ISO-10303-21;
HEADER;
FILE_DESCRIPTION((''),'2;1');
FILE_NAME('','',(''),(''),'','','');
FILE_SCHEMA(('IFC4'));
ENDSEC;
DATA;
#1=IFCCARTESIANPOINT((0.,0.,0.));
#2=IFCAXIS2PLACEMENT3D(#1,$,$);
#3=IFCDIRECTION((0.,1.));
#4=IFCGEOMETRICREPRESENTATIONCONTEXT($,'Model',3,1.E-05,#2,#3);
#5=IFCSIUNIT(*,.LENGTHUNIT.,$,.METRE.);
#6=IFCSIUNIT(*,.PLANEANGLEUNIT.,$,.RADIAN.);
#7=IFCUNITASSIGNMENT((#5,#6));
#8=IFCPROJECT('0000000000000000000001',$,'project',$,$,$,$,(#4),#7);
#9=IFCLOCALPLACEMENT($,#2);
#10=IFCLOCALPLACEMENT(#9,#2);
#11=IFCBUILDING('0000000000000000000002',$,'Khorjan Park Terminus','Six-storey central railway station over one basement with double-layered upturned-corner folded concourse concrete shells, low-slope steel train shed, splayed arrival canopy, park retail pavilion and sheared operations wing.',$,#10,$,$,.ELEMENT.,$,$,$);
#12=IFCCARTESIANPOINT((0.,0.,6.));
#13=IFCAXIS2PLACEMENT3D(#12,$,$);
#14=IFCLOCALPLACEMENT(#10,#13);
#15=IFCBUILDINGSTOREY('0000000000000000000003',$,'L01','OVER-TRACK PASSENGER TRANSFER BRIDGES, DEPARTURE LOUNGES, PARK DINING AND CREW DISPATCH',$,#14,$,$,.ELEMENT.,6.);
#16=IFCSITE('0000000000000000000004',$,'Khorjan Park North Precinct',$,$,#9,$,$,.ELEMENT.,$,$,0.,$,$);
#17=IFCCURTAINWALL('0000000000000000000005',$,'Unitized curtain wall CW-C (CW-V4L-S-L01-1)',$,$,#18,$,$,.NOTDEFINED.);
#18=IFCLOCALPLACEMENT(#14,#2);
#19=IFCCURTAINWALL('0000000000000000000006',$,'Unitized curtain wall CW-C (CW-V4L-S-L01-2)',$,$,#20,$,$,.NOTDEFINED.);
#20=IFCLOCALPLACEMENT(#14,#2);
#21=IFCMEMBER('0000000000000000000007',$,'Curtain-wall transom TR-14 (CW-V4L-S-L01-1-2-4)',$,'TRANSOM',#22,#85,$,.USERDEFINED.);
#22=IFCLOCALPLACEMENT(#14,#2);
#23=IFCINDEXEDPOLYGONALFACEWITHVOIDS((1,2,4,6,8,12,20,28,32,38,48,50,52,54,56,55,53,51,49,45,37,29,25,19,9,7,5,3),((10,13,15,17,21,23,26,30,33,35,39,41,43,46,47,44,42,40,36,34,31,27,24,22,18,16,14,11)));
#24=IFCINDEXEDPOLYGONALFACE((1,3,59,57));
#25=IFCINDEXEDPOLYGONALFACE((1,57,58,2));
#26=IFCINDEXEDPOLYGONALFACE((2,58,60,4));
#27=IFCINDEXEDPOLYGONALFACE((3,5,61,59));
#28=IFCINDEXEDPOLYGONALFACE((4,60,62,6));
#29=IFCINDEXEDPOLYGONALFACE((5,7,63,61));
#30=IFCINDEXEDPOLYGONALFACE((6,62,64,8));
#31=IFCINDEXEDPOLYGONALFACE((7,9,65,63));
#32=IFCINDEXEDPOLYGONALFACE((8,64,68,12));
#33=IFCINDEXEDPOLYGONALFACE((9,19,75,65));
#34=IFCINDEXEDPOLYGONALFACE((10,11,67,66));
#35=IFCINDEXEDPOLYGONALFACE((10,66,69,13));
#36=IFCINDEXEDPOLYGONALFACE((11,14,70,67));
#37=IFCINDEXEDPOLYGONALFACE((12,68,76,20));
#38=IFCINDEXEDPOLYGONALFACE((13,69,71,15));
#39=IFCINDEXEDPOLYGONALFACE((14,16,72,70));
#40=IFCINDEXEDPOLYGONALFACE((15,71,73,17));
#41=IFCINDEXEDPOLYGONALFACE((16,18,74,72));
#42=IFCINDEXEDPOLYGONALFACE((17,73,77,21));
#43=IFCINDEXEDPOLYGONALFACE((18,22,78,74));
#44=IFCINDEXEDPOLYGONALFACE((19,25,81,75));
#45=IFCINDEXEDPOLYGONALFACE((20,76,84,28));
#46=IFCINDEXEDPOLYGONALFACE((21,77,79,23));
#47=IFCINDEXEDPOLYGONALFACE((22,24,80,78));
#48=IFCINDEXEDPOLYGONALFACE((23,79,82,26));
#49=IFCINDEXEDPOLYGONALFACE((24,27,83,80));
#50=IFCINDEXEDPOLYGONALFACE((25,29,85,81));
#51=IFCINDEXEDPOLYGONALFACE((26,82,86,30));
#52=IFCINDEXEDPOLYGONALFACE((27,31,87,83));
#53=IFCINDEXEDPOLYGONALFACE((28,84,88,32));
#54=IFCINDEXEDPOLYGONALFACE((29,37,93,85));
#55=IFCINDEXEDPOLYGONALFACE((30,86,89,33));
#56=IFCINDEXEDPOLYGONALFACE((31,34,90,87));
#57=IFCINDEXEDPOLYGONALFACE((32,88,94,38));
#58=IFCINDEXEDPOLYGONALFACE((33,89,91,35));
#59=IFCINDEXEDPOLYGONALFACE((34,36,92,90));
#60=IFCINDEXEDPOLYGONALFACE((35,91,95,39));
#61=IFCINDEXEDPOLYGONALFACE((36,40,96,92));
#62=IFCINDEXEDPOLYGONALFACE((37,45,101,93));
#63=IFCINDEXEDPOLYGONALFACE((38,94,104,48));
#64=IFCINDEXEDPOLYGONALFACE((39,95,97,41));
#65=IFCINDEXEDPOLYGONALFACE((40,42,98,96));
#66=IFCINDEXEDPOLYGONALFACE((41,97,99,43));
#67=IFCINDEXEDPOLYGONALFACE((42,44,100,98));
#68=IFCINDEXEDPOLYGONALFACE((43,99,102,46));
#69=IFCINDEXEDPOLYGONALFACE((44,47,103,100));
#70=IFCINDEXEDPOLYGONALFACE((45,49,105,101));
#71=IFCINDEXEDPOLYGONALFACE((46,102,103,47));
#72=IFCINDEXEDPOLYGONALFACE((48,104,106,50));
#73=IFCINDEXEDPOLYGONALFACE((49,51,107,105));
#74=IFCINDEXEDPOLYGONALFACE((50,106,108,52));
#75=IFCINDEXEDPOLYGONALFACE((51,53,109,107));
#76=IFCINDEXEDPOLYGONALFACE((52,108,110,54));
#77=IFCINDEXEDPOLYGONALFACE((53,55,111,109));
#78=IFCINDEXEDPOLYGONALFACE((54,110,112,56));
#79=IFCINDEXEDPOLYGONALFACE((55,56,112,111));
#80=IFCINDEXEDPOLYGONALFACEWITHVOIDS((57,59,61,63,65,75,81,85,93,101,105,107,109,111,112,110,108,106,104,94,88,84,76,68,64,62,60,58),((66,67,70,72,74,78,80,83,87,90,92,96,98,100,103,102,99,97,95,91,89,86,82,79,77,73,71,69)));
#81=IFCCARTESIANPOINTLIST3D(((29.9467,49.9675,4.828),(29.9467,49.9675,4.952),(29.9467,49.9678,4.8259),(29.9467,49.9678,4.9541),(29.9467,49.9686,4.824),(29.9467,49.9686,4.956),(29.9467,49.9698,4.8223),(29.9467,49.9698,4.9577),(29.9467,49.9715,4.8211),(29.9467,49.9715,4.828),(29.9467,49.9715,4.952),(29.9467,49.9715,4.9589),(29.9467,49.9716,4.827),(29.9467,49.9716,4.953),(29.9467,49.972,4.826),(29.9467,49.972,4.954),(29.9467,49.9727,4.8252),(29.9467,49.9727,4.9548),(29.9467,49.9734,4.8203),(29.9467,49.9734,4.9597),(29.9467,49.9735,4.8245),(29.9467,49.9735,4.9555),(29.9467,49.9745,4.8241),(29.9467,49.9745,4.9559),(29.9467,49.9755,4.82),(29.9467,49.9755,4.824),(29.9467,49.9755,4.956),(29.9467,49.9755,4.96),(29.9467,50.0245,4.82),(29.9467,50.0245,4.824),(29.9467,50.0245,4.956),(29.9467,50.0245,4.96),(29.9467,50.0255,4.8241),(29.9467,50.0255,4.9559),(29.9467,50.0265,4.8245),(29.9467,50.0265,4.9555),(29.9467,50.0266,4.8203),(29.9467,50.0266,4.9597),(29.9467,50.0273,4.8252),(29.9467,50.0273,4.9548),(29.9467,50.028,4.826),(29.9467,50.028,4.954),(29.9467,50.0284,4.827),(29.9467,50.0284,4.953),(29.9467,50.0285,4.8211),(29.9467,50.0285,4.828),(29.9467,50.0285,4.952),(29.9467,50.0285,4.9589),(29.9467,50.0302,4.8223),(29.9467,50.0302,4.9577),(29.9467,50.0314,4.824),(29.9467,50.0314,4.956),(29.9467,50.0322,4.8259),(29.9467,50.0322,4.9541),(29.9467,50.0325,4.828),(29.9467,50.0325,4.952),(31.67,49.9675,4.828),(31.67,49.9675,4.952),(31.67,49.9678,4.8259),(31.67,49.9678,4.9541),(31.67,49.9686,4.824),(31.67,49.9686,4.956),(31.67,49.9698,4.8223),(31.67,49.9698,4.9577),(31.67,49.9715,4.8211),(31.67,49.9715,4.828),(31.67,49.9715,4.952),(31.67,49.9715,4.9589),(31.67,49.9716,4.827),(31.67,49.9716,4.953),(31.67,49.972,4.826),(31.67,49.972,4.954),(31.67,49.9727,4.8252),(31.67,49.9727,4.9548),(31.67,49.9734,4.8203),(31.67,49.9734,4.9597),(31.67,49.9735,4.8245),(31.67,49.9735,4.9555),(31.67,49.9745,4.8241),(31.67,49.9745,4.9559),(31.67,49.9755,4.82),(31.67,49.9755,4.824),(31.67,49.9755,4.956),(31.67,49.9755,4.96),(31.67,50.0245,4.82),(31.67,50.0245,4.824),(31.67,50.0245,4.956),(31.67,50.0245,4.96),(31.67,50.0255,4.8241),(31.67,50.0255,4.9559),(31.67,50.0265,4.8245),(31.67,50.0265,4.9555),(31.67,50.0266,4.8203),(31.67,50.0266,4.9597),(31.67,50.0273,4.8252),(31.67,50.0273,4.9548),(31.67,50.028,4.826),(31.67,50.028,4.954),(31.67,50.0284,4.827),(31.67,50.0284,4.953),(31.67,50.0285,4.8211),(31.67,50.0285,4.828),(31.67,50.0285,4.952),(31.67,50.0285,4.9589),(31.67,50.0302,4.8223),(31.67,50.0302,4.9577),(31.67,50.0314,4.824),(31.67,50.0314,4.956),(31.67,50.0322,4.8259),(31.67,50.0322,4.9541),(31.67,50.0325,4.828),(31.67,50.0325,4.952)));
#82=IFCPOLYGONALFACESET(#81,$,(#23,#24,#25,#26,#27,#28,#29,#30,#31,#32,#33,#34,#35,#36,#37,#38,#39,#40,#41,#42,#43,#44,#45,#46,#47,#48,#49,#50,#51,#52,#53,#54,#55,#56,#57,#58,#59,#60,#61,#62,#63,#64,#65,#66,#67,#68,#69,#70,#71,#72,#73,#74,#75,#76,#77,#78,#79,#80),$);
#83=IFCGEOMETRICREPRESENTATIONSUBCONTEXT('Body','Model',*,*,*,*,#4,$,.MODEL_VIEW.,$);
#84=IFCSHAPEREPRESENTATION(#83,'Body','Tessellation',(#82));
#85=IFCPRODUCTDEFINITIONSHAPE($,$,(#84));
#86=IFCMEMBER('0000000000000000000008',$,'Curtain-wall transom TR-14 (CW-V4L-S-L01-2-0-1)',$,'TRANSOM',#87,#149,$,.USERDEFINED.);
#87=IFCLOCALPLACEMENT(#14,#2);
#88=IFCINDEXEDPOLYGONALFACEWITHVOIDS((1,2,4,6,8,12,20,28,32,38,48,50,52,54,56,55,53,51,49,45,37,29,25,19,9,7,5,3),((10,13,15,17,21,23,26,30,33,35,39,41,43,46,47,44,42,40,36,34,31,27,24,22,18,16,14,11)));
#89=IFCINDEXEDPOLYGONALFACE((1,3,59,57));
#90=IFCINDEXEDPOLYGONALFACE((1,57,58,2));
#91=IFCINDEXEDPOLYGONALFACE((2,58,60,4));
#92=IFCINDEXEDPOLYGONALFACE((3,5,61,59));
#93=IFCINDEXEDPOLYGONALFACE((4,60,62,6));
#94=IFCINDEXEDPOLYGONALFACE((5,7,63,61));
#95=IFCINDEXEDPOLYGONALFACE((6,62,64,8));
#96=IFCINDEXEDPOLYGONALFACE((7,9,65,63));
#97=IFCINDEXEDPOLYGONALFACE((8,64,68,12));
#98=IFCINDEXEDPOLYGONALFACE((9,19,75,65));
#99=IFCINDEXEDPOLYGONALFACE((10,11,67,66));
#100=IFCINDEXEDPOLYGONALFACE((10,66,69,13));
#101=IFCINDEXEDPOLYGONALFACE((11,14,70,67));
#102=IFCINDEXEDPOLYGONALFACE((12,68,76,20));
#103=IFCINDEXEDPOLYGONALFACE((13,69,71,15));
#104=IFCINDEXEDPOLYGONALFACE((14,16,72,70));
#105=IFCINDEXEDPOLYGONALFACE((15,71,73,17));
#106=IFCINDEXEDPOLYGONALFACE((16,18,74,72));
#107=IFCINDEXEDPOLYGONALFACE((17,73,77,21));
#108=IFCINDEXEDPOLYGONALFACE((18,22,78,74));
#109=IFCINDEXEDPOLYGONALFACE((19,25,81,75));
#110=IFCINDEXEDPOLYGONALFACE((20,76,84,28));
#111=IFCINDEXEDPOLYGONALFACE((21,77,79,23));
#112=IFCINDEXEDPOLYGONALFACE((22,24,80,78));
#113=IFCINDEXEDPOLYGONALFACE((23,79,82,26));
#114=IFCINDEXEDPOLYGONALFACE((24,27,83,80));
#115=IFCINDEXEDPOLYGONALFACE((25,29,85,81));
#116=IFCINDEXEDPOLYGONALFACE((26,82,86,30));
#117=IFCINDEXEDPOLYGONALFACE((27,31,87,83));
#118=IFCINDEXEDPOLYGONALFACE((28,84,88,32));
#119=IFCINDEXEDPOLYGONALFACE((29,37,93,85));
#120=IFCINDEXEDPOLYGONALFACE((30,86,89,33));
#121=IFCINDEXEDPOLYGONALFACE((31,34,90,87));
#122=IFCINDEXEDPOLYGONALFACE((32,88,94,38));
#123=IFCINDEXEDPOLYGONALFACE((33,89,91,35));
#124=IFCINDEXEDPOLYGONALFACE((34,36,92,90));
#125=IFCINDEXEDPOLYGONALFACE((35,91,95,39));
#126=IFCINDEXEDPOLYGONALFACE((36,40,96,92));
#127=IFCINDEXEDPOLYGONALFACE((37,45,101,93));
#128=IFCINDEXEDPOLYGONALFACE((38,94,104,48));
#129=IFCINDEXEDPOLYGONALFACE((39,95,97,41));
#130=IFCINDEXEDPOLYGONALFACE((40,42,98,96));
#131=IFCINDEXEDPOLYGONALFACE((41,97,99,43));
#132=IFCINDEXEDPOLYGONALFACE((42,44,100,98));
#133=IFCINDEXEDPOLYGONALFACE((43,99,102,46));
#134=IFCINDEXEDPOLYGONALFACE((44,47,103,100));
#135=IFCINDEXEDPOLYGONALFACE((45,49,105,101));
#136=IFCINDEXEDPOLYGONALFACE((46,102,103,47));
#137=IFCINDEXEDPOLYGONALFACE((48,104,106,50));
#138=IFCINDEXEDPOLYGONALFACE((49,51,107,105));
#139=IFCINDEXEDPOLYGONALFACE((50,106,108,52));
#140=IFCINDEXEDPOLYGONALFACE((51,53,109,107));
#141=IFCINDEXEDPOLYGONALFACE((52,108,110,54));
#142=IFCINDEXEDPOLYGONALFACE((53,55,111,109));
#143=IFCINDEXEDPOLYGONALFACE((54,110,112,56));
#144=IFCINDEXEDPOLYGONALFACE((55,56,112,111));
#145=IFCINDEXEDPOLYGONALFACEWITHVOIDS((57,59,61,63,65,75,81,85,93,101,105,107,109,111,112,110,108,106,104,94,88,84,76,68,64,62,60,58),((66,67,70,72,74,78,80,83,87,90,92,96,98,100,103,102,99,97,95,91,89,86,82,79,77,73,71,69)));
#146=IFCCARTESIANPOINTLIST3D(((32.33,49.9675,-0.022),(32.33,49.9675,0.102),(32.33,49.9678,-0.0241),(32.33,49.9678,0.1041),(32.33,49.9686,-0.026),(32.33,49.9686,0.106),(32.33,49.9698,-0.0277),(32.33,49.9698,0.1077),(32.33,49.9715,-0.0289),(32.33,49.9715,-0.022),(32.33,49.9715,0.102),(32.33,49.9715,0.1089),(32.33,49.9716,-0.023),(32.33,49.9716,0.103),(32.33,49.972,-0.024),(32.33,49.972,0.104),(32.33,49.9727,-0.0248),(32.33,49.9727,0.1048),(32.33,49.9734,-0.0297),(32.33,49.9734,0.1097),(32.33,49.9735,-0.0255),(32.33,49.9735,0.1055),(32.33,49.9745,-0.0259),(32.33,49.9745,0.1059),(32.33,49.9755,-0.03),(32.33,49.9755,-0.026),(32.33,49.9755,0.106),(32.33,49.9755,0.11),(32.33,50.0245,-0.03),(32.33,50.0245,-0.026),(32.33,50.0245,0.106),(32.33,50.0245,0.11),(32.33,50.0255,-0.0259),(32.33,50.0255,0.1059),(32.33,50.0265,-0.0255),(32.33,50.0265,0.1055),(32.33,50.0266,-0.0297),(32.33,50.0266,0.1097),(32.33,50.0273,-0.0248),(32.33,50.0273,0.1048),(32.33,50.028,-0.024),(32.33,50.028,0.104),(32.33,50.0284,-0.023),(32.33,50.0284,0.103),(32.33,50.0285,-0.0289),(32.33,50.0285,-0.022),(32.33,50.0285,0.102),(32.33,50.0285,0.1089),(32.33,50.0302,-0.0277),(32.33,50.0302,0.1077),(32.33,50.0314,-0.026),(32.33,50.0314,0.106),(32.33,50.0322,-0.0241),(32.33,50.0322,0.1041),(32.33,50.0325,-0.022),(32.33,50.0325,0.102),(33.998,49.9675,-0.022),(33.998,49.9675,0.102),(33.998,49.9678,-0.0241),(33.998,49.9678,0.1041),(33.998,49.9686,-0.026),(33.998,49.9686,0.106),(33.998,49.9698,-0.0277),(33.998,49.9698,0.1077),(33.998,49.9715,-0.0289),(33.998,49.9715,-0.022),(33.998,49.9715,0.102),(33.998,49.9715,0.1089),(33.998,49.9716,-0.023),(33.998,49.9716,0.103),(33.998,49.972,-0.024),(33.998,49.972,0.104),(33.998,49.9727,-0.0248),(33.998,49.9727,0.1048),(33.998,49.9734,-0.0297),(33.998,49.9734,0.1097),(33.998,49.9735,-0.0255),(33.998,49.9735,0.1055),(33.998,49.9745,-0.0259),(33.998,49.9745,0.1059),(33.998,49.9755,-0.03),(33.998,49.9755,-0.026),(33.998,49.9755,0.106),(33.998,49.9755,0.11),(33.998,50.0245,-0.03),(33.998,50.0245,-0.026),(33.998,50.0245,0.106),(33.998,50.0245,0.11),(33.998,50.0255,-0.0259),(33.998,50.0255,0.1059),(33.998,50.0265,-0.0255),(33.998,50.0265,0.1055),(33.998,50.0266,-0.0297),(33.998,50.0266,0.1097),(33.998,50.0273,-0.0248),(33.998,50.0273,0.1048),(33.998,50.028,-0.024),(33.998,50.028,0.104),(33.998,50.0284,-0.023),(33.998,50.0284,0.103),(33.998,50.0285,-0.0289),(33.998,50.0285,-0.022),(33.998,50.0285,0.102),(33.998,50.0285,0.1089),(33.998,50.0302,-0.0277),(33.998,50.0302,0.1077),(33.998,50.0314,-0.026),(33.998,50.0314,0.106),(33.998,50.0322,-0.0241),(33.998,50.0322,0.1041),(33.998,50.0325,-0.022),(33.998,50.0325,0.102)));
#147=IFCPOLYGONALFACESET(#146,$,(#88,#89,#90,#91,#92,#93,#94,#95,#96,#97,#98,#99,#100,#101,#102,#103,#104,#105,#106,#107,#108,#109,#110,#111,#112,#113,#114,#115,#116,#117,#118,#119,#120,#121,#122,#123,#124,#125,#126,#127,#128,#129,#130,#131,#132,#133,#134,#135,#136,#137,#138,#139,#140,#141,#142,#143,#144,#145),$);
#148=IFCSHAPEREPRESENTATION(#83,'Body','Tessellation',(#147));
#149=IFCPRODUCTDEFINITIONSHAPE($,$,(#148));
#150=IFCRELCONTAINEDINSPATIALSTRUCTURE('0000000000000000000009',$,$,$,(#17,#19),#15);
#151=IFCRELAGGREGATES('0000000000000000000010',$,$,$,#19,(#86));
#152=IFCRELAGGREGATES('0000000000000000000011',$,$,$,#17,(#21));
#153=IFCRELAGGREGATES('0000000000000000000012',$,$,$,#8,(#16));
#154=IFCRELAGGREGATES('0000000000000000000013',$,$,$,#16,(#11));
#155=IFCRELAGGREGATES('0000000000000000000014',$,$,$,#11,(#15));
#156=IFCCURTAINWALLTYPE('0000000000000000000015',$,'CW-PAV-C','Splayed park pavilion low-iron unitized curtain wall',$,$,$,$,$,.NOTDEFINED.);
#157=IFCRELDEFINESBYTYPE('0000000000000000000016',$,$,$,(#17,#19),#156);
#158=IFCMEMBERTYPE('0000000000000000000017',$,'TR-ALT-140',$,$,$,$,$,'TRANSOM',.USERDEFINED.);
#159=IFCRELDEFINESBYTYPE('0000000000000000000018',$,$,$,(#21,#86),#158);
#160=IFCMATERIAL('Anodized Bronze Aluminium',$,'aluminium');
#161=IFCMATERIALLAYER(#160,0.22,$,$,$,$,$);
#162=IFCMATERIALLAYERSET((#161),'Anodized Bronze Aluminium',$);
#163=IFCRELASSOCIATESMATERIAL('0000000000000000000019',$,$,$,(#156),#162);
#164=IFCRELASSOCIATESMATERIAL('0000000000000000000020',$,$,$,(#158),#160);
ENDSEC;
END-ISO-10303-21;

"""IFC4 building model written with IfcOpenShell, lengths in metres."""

from ifc_helpers import new_model, si_unit, direction, frame, origin, origin_2d, place, context, subcontext, project, spatial, hollow_rectangle, extrude, material, layer, layer_set, material_profile, profile_set, type_object, element, aggregate, save


model = new_model("IFC4")

# Units and contexts
model_context = context("Model", 3, precision=1e-05, world=origin(), true_north=direction((0.0, 1.0)))
body_context = subcontext(model_context, "Body", "Model", "MODEL_VIEW")
ifc_project = project(units=[si_unit("LENGTHUNIT", "METRE"), si_unit("PLANEANGLEUNIT", "RADIAN")], contexts=[model_context])

# Site, building, storey
site_placement = place(None, origin())
site = spatial("IfcSite", under=ifc_project, at=site_placement, Name="Khorjan Park North Precinct", CompositionType="ELEMENT", RefElevation=0.0)
building_placement = place(site_placement, origin())
building = spatial("IfcBuilding", under=site, at=building_placement, Name="Khorjan Park Terminus", Description="Six-storey central railway station over one basement with double-layered upturned-corner folded concourse concrete shells, low-slope steel train shed, splayed arrival canopy, park retail pavilion and sheared operations wing.", CompositionType="ELEMENT")
storey_placement = place(building_placement, frame((0.0, 0.0, 6.0)))
storey = spatial("IfcBuildingStorey", under=building, at=storey_placement, Name="L01", Description="OVER-TRACK PASSENGER TRANSFER BRIDGES, DEPARTURE LOUNGES, PARK DINING AND CREW DISPATCH", CompositionType="ELEMENT", Elevation=6.0)

# Curtain wall
ifc_material_1 = material(Name="Anodized Bronze Aluminium", Category="aluminium")
ifc_layer_1 = layer(ifc_material_1, 0.22)
ifc_layer_set_1 = layer_set([ifc_layer_1], Name="Anodized Bronze Aluminium")
curtain_wall_type = type_object("IfcCurtainWallType", Name="CW-PAV-C", Description="Splayed park pavilion low-iron unitized curtain wall", PredefinedType="NOTDEFINED", material=ifc_layer_set_1)
curtain_wall_1_placement = place(storey_placement, origin())
curtain_wall_1 = element("IfcCurtainWall", 1, at=curtain_wall_1_placement, inside=storey, type_object=curtain_wall_type, Name="Unitized curtain wall CW-C (CW-V4L-S-L01-1)", PredefinedType="NOTDEFINED")

# Curtain wall
curtain_wall_2_placement = place(storey_placement, origin())
curtain_wall_2 = element("IfcCurtainWall", 2, at=curtain_wall_2_placement, inside=storey, type_object=curtain_wall_type, Name="Unitized curtain wall CW-C (CW-V4L-S-L01-2)", PredefinedType="NOTDEFINED")

# Members
ifc_material_profile_1 = material_profile(ifc_material_1, hollow_rectangle(XDim=0.065, YDim=0.14, WallThickness=0.004, InnerFilletRadius=0.004, OuterFilletRadius=0.008, at=origin_2d()), Name="ALT 65x140x4")
ifc_profile_set_1 = profile_set([ifc_material_profile_1], Name="Anodized Bronze Aluminium")
member_type_1 = type_object("IfcMemberType", Name="TR-ALT-140", ElementType="TRANSOM", PredefinedType="USERDEFINED", material=ifc_profile_set_1)
member_1_placement = place(storey_placement, frame((29.9467, 50.0, 4.89), z_axis=(1.0, 0.0, 0.0), x_axis=(0.0, 1.0, 0.0)))
member_1 = element("IfcMember", 3, at=member_1_placement, type_object=member_type_1, Name="Curtain-wall transom TR-14 (CW-V4L-S-L01-1-2-4)", ObjectType="TRANSOM", PredefinedType="USERDEFINED", context=body_context, shape_type="SweptSolid", body=[
    extrude(hollow_rectangle(XDim=0.065, YDim=0.14, WallThickness=0.004, InnerFilletRadius=0.004, OuterFilletRadius=0.008, at=origin_2d()), origin(), (0.0, 0.0, 1.0), 1.7233),
])
member_2_placement = place(storey_placement, frame((32.33, 50.0, 0.04), z_axis=(1.0, 0.0, 0.0), x_axis=(0.0, 1.0, 0.0)))
member_2 = element("IfcMember", 4, at=member_2_placement, type_object=member_type_1, Name="Curtain-wall transom TR-14 (CW-V4L-S-L01-2-0-1)", ObjectType="TRANSOM", PredefinedType="USERDEFINED", context=body_context, shape_type="SweptSolid", body=[
    extrude(hollow_rectangle(XDim=0.065, YDim=0.14, WallThickness=0.004, InnerFilletRadius=0.004, OuterFilletRadius=0.008, at=origin_2d()), origin(), (0.0, 0.0, 1.0), 1.668),
])
aggregate(curtain_wall_2, [member_2])

aggregate(curtain_wall_1, [member_1])

save(model, "model.ifc")
